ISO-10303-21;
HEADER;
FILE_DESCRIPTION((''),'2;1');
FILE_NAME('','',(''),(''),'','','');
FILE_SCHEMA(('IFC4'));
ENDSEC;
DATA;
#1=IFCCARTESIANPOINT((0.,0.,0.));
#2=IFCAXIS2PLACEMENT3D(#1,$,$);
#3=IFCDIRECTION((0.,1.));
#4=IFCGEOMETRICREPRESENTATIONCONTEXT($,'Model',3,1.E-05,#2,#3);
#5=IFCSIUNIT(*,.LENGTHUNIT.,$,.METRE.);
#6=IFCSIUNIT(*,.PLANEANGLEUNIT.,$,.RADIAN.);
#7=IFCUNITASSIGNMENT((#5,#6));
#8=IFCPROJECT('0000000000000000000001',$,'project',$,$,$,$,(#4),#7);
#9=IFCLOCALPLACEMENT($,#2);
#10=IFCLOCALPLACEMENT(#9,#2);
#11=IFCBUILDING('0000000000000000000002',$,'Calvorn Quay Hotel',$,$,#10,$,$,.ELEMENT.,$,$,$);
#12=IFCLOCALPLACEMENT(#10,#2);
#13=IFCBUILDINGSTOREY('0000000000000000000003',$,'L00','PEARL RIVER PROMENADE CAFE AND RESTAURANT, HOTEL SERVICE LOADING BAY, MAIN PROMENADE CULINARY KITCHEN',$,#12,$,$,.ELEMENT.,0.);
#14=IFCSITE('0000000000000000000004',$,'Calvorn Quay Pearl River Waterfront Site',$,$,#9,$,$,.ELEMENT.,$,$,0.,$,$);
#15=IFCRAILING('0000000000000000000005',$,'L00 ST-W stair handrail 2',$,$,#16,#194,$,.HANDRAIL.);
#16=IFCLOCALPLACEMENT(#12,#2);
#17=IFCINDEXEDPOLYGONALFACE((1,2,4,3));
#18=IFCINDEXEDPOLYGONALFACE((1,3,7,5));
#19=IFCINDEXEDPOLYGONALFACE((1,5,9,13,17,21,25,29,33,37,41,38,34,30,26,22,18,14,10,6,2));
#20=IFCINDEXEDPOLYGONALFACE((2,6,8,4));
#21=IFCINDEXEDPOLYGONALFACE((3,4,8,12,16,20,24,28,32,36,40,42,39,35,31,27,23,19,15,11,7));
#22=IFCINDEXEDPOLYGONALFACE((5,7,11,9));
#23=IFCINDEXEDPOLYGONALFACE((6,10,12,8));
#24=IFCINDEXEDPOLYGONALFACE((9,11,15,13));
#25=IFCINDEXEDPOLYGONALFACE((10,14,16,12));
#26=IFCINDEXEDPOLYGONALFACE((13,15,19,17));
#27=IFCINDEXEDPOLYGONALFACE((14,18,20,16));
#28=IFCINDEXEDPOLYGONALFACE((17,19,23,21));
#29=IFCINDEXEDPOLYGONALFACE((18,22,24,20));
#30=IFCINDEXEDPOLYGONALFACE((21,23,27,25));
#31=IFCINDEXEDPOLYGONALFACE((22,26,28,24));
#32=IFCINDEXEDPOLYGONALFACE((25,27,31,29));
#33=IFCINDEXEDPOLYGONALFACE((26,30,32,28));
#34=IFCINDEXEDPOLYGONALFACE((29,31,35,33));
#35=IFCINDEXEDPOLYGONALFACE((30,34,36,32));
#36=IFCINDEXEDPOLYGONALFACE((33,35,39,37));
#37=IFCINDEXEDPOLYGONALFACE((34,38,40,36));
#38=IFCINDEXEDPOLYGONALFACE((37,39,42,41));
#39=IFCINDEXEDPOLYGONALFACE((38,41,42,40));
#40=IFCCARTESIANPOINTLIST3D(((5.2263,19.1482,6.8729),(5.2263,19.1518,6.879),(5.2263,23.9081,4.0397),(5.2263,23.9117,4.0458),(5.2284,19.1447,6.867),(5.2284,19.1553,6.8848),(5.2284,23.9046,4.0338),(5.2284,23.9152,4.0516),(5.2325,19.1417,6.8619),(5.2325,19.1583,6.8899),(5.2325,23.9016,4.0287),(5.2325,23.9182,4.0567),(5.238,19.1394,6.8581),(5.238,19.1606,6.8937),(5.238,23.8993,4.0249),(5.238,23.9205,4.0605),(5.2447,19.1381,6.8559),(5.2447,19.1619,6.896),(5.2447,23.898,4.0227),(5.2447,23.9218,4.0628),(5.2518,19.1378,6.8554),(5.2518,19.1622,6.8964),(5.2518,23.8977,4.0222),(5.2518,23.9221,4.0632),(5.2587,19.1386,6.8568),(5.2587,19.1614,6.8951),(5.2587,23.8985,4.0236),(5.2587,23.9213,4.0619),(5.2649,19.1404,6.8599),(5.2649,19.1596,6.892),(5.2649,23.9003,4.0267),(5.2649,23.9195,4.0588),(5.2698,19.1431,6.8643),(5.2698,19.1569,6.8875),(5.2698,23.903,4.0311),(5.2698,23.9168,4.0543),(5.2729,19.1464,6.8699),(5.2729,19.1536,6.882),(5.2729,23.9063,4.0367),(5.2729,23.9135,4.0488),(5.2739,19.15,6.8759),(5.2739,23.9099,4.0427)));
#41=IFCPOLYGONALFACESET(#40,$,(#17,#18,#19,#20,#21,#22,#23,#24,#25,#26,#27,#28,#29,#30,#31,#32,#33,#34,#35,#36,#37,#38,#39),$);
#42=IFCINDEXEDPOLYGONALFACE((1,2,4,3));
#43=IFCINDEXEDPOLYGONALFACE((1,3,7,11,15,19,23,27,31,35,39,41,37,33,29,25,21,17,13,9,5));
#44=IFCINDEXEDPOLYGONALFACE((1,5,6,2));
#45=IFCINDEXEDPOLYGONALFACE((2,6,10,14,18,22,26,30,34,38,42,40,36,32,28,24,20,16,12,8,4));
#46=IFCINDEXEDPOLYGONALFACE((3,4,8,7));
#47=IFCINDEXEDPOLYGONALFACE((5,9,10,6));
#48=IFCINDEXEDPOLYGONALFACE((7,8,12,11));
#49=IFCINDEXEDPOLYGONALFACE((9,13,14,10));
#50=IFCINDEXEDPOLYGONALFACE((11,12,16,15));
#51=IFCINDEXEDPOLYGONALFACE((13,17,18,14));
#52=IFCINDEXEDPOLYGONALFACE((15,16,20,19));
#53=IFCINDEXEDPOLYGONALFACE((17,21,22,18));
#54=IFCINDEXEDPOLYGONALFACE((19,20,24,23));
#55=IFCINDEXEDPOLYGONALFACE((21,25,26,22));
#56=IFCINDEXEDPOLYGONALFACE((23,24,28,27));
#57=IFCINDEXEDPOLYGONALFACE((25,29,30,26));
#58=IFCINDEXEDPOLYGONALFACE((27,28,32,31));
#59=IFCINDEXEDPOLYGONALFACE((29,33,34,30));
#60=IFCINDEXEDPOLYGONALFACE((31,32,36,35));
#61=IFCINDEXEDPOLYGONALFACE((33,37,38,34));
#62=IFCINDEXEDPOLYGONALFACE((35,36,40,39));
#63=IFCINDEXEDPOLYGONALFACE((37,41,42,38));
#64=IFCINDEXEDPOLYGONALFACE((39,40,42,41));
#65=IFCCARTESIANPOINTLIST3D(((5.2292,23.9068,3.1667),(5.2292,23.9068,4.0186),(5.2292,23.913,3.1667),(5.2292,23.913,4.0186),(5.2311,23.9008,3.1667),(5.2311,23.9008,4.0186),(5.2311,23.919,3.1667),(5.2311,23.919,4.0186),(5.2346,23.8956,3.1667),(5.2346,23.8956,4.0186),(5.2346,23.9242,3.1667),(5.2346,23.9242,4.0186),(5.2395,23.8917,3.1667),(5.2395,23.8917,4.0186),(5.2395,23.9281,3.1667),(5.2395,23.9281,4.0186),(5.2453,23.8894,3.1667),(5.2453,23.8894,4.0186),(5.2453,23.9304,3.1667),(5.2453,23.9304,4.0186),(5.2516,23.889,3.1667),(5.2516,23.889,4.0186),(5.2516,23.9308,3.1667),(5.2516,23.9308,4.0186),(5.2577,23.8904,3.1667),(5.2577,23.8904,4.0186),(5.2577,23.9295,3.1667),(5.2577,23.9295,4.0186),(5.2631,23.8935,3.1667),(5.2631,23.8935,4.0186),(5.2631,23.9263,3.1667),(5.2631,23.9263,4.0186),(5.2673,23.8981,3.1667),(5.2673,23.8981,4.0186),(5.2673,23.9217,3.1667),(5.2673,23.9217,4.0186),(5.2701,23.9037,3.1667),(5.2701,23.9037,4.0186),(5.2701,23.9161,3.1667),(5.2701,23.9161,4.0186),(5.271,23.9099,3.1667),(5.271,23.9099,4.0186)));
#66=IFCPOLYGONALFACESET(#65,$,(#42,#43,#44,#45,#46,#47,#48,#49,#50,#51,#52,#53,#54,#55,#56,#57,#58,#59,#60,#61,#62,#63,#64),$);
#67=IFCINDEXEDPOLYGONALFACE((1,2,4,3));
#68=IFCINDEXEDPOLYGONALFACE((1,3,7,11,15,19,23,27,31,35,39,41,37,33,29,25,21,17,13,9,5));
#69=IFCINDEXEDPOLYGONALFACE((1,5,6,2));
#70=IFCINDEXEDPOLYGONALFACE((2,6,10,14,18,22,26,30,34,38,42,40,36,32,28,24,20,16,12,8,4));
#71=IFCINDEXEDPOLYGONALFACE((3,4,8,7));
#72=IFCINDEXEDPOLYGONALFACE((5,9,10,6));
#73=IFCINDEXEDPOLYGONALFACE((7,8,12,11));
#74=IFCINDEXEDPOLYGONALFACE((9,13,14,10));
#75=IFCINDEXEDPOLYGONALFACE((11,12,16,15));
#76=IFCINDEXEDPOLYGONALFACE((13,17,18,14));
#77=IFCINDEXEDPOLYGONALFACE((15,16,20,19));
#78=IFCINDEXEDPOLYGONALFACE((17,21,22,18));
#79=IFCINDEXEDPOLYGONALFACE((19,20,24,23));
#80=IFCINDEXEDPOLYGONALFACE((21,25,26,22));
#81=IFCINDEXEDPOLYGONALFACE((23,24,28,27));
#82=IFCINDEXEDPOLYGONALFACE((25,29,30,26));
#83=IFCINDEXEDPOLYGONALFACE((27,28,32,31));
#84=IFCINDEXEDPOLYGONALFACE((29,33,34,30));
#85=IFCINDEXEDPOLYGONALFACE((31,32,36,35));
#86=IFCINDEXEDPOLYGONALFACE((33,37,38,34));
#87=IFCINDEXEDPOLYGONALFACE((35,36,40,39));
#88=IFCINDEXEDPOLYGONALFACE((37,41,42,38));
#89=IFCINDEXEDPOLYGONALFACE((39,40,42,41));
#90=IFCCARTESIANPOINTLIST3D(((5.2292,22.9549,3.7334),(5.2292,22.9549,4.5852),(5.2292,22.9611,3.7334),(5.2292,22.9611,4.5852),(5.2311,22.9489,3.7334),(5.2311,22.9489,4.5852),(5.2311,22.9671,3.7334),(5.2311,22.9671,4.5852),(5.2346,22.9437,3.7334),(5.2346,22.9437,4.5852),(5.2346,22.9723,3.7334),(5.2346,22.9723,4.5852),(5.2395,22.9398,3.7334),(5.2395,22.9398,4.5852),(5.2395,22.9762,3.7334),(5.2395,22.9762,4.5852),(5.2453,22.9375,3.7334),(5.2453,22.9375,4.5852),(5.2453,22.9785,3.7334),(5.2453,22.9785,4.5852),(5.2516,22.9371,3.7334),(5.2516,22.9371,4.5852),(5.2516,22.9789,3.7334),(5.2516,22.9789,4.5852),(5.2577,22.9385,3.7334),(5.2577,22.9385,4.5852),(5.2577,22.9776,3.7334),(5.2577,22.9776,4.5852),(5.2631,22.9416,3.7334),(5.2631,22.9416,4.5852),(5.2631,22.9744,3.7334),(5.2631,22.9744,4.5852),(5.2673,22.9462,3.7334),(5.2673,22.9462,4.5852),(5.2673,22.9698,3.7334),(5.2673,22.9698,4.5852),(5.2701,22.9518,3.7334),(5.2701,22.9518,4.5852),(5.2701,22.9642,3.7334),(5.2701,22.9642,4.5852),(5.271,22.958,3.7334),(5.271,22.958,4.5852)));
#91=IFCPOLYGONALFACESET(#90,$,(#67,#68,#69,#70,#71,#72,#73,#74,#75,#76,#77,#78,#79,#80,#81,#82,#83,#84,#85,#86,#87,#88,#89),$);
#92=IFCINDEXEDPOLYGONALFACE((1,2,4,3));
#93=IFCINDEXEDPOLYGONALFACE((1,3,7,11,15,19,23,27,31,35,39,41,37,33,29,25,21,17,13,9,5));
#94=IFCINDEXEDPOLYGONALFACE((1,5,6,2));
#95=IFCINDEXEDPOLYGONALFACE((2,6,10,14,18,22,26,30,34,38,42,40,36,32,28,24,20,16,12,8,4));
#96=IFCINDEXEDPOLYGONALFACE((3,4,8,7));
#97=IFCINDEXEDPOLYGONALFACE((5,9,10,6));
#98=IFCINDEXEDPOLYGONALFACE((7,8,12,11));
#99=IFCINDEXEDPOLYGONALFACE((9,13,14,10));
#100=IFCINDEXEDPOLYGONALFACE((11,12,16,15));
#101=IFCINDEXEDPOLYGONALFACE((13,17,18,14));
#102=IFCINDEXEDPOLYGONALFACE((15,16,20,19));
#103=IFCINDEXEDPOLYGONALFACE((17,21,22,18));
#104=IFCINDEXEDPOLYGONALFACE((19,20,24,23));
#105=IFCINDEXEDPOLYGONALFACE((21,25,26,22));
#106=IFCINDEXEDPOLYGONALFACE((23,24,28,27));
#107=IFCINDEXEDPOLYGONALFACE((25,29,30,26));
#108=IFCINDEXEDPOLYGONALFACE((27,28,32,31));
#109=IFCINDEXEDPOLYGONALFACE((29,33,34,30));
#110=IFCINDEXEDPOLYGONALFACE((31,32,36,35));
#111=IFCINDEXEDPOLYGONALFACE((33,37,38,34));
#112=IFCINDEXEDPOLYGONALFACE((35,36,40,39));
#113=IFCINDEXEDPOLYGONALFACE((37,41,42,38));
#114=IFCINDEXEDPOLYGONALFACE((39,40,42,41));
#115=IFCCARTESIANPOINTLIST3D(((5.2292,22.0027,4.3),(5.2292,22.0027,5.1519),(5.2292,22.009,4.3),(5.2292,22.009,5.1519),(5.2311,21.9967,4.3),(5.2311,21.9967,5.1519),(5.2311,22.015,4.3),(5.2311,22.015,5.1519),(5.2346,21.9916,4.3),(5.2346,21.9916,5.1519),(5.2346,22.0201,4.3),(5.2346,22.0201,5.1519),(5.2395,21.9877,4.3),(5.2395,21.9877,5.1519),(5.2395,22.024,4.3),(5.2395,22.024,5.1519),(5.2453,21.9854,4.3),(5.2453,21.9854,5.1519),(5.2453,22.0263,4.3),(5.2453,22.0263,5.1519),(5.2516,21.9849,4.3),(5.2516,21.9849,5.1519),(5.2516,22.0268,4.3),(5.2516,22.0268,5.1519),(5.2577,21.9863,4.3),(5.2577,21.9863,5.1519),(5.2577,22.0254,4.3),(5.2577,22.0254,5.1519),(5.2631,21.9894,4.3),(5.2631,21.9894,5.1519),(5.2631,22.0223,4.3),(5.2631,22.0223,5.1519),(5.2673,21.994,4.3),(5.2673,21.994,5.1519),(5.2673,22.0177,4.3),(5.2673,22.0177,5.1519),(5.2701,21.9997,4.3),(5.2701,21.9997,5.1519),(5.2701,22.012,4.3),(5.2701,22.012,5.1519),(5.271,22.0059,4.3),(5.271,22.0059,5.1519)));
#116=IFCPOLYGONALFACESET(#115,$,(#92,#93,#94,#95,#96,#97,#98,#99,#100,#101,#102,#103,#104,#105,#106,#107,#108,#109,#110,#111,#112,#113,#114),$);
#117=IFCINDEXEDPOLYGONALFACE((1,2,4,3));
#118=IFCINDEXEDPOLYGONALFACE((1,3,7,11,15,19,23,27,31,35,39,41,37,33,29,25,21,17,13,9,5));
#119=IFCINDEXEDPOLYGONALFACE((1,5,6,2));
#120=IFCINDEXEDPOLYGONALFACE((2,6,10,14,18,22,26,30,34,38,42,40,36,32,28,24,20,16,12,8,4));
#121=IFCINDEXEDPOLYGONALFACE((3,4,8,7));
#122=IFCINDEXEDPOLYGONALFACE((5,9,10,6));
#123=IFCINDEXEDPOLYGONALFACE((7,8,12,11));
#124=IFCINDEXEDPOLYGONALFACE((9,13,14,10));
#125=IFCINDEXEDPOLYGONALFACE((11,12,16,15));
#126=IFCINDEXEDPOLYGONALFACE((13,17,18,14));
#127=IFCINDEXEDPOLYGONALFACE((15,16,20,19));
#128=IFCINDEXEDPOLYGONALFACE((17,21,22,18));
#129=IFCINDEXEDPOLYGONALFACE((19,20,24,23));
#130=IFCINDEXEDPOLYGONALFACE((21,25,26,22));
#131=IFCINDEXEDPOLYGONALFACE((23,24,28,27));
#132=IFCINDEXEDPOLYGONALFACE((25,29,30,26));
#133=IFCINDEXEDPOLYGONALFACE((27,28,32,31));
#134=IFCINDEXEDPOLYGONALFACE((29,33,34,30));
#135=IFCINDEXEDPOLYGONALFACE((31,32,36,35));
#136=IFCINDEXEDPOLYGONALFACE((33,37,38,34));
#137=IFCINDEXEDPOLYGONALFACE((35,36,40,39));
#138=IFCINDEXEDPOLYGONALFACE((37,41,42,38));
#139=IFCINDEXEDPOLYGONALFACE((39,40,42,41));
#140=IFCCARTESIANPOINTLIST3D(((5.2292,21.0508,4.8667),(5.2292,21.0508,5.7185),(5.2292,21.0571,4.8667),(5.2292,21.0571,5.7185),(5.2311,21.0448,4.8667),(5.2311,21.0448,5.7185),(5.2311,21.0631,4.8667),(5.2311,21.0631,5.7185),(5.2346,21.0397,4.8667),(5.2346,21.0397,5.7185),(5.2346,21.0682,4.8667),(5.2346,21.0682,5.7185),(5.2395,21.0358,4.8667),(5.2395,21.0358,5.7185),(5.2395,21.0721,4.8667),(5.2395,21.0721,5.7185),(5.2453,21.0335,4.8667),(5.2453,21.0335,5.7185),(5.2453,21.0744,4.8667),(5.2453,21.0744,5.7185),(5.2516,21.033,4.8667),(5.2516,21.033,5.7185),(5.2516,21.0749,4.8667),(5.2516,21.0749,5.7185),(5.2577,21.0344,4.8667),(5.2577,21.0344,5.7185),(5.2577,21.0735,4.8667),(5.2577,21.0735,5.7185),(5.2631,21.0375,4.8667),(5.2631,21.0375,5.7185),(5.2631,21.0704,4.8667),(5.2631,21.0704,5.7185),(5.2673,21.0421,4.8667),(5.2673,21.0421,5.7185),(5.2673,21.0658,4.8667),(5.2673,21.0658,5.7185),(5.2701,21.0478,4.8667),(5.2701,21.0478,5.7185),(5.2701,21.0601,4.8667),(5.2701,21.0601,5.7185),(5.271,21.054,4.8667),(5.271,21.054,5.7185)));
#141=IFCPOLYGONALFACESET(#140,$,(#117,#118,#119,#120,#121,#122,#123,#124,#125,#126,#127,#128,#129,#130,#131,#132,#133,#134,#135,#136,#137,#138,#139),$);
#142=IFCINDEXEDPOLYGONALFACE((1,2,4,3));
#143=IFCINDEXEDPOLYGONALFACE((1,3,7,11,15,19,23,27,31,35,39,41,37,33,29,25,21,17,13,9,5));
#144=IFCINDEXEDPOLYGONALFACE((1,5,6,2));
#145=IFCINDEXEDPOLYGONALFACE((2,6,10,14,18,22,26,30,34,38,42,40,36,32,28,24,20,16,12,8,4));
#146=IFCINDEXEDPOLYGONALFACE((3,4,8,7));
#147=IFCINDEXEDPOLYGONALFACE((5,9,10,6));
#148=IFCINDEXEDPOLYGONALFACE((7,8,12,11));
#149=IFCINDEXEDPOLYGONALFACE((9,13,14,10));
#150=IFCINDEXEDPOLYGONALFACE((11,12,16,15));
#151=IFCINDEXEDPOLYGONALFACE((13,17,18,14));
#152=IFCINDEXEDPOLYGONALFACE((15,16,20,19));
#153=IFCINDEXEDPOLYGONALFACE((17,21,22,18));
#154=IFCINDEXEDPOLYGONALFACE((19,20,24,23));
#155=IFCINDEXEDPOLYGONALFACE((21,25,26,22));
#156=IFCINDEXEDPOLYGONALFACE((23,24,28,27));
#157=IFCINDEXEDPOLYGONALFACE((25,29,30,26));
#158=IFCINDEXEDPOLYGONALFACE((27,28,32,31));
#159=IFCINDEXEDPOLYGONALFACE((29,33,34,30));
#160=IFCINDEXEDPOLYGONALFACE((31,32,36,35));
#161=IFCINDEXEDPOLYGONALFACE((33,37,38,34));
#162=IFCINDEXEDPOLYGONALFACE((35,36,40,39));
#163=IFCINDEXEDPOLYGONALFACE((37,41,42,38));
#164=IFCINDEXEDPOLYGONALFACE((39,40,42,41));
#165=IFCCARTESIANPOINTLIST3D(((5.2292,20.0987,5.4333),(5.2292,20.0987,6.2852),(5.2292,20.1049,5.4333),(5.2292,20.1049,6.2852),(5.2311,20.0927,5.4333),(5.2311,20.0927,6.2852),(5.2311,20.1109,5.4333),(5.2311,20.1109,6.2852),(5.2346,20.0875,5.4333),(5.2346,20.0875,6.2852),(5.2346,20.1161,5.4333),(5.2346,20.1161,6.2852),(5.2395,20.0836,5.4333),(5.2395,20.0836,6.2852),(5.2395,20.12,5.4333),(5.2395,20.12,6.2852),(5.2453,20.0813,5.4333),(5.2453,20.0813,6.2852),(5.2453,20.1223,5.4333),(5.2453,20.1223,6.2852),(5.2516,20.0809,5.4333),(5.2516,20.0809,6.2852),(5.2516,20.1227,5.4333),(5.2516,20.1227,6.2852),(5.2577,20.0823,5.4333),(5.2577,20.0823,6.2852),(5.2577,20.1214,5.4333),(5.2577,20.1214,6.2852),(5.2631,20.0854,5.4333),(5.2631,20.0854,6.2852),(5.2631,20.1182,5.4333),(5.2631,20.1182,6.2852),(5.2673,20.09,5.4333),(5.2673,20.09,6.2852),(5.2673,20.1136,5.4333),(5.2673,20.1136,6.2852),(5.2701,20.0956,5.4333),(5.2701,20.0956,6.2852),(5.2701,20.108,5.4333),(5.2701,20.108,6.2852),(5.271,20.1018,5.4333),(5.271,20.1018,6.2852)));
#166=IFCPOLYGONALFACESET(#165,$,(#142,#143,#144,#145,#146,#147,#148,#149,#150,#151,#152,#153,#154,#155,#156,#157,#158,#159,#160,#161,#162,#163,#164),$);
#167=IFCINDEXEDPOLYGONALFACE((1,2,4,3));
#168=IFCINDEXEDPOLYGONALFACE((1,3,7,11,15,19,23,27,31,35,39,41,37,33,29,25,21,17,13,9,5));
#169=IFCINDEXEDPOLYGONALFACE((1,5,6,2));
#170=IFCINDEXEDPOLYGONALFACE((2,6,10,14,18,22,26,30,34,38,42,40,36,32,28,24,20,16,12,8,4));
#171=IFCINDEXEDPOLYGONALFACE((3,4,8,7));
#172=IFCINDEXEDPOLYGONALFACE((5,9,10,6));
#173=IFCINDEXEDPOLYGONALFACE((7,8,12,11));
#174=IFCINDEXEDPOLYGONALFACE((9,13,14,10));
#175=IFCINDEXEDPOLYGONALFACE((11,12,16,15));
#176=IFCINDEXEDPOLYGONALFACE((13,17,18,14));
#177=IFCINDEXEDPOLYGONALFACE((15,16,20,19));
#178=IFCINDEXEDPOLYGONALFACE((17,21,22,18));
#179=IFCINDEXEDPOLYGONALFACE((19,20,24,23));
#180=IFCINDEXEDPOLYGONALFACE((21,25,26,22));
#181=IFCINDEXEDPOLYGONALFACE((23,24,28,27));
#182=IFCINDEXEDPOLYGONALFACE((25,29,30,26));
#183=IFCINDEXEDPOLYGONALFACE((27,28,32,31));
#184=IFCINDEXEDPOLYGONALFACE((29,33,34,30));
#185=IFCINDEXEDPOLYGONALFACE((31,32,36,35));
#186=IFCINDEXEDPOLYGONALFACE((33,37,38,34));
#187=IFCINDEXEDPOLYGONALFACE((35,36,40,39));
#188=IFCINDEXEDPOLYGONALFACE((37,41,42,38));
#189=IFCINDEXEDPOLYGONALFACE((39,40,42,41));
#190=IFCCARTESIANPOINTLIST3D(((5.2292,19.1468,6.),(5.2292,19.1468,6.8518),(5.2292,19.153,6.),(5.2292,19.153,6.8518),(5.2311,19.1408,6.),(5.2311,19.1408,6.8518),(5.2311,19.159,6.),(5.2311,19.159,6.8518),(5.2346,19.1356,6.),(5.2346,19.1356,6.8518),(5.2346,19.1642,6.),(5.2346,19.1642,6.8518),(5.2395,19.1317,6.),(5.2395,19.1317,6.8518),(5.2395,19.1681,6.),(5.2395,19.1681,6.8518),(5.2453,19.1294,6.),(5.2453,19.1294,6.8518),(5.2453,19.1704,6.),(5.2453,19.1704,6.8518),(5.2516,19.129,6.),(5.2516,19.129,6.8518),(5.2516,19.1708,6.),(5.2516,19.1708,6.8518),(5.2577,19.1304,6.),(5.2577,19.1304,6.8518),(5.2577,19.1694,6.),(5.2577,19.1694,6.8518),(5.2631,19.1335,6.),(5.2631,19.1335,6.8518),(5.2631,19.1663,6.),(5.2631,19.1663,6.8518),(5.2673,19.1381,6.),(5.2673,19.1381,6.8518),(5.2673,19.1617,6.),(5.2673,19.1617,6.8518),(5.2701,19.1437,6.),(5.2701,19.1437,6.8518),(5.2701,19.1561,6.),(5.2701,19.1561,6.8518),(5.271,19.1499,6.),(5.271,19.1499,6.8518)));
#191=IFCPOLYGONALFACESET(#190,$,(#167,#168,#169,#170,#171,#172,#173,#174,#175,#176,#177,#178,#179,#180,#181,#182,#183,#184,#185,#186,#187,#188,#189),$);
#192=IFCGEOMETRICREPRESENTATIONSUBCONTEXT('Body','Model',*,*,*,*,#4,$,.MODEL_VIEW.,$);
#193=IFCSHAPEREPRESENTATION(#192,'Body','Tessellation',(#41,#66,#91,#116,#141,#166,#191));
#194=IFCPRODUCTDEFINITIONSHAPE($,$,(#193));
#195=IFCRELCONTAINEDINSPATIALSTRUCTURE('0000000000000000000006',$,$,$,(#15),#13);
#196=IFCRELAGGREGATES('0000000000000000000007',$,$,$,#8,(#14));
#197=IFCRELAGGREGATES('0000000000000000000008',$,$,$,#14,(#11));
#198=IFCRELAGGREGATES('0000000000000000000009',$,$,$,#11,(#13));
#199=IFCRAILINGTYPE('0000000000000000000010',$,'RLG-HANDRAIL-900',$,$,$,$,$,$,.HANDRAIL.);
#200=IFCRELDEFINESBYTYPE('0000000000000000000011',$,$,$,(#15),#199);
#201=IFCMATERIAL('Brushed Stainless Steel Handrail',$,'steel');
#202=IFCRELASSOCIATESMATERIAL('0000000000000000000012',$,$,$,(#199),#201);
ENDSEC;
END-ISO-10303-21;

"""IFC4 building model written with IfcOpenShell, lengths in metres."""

from ifc_helpers import new_model, si_unit, direction, frame, origin, origin_2d, place, context, subcontext, project, spatial, circle, extrude, material, type_object, element, save


model = new_model("IFC4")

# Units and contexts
model_context = context("Model", 3, precision=1e-05, world=origin(), true_north=direction((0.0, 1.0)))
body_context = subcontext(model_context, "Body", "Model", "MODEL_VIEW")
ifc_project = project(units=[si_unit("LENGTHUNIT", "METRE"), si_unit("PLANEANGLEUNIT", "RADIAN")], contexts=[model_context])

# Site, building, storey
site_placement = place(None, origin())
site = spatial("IfcSite", under=ifc_project, at=site_placement, Name="Calvorn Quay Pearl River Waterfront Site", CompositionType="ELEMENT", RefElevation=0.0)
building_placement = place(site_placement, origin())
building = spatial("IfcBuilding", under=site, at=building_placement, Name="Calvorn Quay Hotel", CompositionType="ELEMENT")
storey_placement = place(building_placement, origin())
storey = spatial("IfcBuildingStorey", under=building, at=storey_placement, Name="L00", Description="PEARL RIVER PROMENADE CAFE AND RESTAURANT, HOTEL SERVICE LOADING BAY, MAIN PROMENADE CULINARY KITCHEN", CompositionType="ELEMENT", Elevation=0.0)

# Railing
ifc_material_1 = material(Name="Brushed Stainless Steel Handrail", Category="steel")
railing_type_1 = type_object("IfcRailingType", Name="RLG-HANDRAIL-900", PredefinedType="HANDRAIL", material=ifc_material_1)
railing_1_placement = place(storey_placement, frame((5.25, 23.9099, 3.1667)))
element("IfcRailing", 1, at=railing_1_placement, inside=storey, type_object=railing_type_1, Name="L00 ST-W stair handrail 2", PredefinedType="HANDRAIL", context=body_context, shape_type="SweptSolid", body=[
    extrude(circle(Radius=0.0239, at=origin_2d()), frame((0.0, 0.0, 0.876), z_axis=(0.0, -0.8593, 0.511472), x_axis=(1.0, 0.0, 0.0)), (0.0, 0.0, 1.0), 5.5393),
    extrude(circle(Radius=0.021, at=origin_2d()), origin(), (0.0, 0.0, 1.0), 0.8518),
    extrude(circle(Radius=0.021, at=origin_2d()), frame((0.0, -0.9519, 0.5667)), (0.0, 0.0, 1.0), 0.8518),
    extrude(circle(Radius=0.021, at=origin_2d()), frame((0.0, -1.9041, 1.1333)), (0.0, 0.0, 1.0), 0.8518),
    extrude(circle(Radius=0.021, at=origin_2d()), frame((0.0, -2.856, 1.7)), (0.0, 0.0, 1.0), 0.8518),
    extrude(circle(Radius=0.021, at=origin_2d()), frame((0.0, -3.8081, 2.2666)), (0.0, 0.0, 1.0), 0.8518),
    extrude(circle(Radius=0.021, at=origin_2d()), frame((0.0, -4.76, 2.8333)), (0.0, 0.0, 1.0), 0.8518),
])

save(model, "model.ifc")
